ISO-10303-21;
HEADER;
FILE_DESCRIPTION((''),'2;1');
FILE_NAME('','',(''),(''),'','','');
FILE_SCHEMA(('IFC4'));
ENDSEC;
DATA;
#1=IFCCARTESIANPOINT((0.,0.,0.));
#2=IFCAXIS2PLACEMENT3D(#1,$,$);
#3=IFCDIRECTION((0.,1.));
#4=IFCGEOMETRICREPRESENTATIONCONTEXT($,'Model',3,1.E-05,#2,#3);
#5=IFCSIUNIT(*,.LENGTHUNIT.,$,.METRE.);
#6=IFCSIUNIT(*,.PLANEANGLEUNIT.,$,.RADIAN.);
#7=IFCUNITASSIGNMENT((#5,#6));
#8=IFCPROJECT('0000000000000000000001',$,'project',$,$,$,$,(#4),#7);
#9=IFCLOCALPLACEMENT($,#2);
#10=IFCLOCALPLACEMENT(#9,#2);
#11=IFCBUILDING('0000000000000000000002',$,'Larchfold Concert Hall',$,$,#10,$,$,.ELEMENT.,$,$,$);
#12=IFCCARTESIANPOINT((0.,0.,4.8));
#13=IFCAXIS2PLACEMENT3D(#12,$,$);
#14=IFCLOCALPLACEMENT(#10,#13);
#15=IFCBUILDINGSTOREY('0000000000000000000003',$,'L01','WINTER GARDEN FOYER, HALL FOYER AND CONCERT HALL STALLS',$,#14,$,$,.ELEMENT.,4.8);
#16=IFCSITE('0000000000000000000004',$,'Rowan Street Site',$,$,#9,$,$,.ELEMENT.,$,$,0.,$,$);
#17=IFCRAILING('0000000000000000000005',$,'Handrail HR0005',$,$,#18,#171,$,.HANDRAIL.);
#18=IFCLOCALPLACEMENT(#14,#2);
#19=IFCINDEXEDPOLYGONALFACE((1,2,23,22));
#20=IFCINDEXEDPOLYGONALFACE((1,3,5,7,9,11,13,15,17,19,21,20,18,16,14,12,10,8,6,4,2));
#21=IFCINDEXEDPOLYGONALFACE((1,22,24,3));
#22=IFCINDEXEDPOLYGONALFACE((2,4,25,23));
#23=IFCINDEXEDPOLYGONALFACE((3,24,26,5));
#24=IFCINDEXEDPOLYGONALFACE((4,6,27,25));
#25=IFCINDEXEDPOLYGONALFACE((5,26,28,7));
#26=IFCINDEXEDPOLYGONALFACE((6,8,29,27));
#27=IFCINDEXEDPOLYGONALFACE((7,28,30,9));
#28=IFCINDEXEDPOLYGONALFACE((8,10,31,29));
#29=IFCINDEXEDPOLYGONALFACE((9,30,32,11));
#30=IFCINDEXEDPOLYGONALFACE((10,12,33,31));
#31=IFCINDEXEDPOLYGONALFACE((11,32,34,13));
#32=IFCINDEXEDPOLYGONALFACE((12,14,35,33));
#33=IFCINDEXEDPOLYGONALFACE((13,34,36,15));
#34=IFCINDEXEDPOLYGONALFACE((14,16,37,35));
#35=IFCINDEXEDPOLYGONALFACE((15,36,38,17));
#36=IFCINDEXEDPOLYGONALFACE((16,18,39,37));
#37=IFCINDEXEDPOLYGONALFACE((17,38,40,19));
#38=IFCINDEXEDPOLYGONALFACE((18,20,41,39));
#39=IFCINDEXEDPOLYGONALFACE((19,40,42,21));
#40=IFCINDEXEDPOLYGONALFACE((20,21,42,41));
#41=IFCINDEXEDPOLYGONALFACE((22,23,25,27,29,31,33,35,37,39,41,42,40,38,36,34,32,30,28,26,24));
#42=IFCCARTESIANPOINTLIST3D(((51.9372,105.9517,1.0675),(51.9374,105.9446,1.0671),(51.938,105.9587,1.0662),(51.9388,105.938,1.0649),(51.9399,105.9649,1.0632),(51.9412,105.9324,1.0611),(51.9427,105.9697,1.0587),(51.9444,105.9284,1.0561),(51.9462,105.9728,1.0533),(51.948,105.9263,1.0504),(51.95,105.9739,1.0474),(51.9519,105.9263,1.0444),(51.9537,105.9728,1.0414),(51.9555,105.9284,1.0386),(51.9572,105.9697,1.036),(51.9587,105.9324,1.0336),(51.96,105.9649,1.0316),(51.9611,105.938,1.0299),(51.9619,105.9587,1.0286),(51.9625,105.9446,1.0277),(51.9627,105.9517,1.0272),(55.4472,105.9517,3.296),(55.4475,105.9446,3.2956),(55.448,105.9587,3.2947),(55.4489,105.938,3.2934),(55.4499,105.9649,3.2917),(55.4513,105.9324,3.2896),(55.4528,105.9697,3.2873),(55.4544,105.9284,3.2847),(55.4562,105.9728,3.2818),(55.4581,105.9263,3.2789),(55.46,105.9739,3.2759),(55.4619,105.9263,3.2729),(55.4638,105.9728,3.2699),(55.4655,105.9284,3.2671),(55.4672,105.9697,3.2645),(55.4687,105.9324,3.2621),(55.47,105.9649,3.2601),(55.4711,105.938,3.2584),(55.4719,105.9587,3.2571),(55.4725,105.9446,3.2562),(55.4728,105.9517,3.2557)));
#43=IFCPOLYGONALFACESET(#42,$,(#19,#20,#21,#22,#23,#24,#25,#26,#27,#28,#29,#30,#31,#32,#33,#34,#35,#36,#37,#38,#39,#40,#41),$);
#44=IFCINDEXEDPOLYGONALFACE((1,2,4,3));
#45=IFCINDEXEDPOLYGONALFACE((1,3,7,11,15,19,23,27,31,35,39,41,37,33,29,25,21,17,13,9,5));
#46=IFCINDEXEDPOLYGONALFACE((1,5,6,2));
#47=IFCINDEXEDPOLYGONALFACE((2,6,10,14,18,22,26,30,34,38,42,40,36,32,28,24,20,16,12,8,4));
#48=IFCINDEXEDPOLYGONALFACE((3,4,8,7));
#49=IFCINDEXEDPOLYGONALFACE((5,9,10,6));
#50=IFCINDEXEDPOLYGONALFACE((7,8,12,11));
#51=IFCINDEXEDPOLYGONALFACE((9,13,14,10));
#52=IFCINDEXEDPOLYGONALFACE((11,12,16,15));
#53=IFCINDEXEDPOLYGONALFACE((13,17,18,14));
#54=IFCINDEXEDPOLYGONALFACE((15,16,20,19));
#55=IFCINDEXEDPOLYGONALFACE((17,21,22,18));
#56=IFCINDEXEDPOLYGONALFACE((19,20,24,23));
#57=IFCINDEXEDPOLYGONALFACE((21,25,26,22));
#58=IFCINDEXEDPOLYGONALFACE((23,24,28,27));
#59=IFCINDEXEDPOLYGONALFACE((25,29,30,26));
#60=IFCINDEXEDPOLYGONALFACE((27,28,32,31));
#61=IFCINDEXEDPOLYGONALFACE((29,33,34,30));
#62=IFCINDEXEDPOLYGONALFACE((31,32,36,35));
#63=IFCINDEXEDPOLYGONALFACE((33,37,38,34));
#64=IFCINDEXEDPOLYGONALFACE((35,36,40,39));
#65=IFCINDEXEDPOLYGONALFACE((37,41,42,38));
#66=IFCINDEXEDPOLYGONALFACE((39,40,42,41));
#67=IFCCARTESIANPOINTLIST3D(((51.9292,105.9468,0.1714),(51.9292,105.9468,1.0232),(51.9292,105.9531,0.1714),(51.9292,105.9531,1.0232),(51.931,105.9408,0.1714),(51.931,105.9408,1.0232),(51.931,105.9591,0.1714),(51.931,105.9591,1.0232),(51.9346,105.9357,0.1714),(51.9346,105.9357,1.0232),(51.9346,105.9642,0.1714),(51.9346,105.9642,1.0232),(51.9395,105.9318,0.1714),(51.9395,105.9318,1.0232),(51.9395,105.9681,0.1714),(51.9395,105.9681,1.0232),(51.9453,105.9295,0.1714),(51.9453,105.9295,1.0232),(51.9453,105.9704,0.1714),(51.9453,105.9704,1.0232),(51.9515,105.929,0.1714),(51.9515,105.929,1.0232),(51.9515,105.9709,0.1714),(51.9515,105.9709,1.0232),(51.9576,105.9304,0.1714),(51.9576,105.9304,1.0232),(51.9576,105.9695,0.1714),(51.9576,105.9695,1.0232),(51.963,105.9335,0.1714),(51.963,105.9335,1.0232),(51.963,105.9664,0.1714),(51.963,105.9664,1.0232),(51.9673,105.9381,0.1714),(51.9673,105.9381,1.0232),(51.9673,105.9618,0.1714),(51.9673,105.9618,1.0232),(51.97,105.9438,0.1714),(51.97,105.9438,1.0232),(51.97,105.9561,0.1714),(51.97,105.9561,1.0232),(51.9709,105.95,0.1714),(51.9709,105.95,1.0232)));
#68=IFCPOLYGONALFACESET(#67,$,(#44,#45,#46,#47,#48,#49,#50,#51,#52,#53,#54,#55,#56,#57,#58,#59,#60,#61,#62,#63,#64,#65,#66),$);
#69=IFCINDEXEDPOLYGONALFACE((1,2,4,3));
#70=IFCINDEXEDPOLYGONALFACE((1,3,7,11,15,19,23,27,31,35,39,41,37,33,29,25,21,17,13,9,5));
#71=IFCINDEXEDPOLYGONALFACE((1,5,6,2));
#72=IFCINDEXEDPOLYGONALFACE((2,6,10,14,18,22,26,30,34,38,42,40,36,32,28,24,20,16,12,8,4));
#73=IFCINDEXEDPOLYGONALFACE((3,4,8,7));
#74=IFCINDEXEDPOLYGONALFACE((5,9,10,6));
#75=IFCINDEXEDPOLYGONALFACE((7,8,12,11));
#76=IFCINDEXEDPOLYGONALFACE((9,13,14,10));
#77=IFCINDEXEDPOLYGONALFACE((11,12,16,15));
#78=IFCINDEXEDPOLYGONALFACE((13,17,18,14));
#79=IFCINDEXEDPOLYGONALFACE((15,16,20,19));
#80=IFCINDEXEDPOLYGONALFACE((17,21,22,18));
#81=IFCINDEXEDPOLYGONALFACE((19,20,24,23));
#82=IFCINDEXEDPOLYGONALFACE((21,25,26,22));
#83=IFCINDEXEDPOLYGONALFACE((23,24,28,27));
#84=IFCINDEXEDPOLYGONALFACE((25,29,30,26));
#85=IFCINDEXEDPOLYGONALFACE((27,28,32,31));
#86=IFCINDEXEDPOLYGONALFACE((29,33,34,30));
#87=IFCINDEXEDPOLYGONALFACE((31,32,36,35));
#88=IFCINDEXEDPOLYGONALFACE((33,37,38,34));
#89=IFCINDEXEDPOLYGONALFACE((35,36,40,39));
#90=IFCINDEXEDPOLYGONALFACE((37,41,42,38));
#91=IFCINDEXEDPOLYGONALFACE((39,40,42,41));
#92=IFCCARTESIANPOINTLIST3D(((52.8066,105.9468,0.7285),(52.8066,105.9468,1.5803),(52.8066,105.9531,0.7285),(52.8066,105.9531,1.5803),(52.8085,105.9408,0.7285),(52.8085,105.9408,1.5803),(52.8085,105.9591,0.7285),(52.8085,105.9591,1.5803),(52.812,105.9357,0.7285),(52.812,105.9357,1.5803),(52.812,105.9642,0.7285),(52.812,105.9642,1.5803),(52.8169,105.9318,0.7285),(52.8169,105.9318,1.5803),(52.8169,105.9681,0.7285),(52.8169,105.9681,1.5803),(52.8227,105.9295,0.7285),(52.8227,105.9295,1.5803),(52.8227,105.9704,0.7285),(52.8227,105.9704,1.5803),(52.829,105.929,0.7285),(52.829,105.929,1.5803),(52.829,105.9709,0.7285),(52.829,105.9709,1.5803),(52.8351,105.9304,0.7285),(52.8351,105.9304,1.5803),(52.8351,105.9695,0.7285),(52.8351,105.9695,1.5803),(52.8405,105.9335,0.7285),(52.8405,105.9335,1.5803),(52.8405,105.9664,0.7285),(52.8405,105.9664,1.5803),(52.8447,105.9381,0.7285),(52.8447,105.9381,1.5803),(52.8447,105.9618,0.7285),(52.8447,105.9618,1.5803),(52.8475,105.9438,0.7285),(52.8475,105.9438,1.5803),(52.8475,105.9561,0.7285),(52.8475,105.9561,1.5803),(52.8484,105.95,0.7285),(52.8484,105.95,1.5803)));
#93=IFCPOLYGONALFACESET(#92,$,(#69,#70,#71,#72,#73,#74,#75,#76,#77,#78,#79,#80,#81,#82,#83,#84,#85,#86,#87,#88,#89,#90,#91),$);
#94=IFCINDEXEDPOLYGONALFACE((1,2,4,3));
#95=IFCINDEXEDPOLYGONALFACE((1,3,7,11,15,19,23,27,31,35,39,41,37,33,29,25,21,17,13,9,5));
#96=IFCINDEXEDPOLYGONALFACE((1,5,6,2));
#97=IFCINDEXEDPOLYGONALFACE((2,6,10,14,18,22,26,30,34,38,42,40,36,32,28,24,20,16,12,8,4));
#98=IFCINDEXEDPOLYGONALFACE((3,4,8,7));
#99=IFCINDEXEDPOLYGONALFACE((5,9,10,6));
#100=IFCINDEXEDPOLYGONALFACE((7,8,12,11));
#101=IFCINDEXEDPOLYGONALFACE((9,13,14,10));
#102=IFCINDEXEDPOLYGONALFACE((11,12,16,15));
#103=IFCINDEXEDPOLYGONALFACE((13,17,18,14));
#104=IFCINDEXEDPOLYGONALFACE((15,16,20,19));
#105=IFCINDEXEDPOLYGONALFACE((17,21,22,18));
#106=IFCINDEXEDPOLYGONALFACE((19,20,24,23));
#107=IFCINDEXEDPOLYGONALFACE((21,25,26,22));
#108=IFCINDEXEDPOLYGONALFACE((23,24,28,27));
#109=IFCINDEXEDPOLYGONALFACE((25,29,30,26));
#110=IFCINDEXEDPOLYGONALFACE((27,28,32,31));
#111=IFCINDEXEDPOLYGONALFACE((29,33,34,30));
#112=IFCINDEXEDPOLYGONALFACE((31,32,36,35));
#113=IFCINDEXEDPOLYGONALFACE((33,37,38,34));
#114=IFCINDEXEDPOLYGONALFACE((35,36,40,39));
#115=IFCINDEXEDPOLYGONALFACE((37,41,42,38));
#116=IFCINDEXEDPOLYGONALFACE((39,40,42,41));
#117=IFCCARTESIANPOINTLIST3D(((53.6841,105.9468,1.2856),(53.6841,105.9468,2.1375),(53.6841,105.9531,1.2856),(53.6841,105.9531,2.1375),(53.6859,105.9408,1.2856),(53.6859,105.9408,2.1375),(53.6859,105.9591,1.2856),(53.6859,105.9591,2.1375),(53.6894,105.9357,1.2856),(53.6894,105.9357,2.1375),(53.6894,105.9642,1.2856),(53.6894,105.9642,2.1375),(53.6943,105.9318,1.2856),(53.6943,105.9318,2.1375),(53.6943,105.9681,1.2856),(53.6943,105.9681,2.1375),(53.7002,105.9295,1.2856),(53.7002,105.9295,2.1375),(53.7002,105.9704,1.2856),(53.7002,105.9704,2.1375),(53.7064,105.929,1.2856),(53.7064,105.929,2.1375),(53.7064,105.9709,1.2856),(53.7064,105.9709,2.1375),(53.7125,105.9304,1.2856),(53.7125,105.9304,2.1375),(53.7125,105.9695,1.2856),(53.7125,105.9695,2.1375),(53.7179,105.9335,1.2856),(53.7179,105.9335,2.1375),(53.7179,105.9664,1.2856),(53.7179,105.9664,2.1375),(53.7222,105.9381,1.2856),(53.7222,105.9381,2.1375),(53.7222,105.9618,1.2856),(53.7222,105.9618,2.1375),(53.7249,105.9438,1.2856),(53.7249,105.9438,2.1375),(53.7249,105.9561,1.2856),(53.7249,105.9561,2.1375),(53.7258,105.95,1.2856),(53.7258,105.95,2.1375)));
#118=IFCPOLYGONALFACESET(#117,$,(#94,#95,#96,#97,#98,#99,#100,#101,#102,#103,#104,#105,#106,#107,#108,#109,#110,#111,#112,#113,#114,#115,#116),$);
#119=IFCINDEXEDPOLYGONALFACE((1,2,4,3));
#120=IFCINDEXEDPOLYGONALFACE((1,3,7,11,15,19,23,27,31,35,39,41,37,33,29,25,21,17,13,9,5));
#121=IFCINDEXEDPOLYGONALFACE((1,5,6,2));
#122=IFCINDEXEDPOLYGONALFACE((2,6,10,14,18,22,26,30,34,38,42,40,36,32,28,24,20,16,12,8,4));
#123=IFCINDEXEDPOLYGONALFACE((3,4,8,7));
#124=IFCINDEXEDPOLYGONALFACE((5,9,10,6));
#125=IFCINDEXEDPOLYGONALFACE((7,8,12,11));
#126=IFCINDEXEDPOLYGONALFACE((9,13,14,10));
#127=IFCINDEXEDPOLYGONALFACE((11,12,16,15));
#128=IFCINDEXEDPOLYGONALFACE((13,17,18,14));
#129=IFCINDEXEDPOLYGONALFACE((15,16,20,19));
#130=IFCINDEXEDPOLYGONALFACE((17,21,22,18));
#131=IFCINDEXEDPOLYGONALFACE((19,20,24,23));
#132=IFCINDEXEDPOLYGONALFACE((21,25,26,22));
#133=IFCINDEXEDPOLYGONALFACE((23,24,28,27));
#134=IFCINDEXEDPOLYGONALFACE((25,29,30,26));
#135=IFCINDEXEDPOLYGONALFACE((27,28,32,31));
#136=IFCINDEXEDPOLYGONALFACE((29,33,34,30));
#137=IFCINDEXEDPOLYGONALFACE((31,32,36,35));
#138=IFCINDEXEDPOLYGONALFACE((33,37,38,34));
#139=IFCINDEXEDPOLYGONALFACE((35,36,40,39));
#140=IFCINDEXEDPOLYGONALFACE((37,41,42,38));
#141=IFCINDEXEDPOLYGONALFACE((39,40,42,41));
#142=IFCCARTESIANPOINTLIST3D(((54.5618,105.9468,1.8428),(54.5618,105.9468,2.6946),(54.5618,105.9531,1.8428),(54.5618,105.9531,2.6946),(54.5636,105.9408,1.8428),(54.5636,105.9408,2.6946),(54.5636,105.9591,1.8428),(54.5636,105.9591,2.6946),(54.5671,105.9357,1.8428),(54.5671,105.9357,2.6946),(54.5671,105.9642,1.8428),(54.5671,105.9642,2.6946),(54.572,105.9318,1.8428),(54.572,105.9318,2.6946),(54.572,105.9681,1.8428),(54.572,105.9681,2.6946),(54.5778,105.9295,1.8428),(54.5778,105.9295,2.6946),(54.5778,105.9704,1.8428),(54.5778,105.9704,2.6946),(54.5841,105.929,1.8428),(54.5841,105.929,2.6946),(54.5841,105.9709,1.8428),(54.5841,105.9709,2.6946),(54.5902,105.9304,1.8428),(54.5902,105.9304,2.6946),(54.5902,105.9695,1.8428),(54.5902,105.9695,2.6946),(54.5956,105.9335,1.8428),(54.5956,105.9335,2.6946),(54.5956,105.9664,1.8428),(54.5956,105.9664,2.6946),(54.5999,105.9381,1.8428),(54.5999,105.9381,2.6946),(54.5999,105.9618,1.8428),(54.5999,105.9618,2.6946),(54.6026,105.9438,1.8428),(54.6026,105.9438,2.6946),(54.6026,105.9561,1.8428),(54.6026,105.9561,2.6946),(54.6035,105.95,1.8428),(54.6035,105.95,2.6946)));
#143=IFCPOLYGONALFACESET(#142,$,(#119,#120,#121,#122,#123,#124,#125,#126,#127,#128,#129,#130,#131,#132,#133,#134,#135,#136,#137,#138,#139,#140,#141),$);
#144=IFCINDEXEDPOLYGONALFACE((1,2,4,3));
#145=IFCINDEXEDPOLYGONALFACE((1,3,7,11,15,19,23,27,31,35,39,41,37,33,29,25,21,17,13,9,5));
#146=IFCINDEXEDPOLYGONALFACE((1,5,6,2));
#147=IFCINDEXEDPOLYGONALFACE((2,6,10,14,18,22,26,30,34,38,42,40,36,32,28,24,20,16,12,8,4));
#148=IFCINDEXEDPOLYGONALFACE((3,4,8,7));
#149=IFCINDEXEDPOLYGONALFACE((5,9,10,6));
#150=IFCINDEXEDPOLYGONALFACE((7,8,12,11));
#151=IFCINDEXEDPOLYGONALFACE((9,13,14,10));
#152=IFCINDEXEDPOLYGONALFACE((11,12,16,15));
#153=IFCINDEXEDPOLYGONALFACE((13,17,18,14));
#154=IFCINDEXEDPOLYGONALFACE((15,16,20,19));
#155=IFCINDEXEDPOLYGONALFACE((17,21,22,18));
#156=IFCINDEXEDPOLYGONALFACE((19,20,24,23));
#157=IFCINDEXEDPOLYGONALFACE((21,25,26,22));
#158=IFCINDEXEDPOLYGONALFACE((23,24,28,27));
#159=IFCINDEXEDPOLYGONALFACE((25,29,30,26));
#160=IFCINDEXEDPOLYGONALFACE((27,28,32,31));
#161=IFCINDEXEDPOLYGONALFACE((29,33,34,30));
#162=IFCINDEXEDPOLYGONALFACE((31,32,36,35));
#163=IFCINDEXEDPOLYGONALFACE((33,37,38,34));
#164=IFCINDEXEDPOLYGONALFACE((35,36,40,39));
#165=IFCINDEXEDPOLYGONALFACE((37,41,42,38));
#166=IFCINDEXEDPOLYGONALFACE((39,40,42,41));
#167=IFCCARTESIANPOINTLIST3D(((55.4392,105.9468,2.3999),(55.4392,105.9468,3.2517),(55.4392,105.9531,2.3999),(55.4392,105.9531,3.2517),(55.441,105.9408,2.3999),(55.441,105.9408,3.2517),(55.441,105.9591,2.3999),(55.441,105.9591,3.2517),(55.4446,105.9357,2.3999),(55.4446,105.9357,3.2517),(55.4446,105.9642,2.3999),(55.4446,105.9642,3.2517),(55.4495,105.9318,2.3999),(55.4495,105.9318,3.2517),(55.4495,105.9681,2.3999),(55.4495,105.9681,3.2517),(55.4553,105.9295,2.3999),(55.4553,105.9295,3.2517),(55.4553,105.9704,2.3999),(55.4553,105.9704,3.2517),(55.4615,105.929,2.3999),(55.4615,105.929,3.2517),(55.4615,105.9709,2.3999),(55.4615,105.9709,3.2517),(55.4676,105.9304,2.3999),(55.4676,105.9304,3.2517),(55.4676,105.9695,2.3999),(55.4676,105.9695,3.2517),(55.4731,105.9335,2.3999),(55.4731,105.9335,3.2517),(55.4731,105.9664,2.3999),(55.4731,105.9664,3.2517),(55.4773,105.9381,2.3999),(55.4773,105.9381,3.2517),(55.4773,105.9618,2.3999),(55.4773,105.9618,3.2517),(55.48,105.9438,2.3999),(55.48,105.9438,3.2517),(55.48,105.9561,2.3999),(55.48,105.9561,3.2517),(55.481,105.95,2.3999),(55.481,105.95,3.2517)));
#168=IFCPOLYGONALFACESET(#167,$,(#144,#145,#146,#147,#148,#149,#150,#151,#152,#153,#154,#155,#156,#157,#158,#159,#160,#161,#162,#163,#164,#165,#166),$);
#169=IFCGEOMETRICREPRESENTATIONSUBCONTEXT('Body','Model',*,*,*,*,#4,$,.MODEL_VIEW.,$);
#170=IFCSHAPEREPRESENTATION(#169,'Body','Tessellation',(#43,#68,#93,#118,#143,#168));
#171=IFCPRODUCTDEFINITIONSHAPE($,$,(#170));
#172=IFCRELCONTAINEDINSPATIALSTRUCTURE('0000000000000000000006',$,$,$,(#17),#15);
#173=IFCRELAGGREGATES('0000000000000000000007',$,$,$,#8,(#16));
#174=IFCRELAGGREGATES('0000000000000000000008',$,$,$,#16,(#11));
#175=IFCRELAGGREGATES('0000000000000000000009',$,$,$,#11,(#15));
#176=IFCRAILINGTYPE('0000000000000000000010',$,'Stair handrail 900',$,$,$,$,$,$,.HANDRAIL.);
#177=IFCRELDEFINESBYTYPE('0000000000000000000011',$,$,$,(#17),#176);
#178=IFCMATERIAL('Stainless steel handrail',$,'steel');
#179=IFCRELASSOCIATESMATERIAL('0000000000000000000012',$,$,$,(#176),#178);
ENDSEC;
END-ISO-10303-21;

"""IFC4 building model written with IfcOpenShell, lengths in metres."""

from ifc_helpers import new_model, si_unit, direction, frame, origin, origin_2d, place, context, subcontext, project, spatial, circle, extrude, material, type_object, element, save


model = new_model("IFC4")

# Units and contexts
model_context = context("Model", 3, precision=1e-05, world=origin(), true_north=direction((0.0, 1.0)))
body_context = subcontext(model_context, "Body", "Model", "MODEL_VIEW")
ifc_project = project(units=[si_unit("LENGTHUNIT", "METRE"), si_unit("PLANEANGLEUNIT", "RADIAN")], contexts=[model_context])

# Site, building, storey
site_placement = place(None, origin())
site = spatial("IfcSite", under=ifc_project, at=site_placement, Name="Rowan Street Site", CompositionType="ELEMENT", RefElevation=0.0)
building_placement = place(site_placement, origin())
building = spatial("IfcBuilding", under=site, at=building_placement, Name="Larchfold Concert Hall", CompositionType="ELEMENT")
storey_placement = place(building_placement, frame((0.0, 0.0, 4.8)))
storey = spatial("IfcBuildingStorey", under=building, at=storey_placement, Name="L01", Description="WINTER GARDEN FOYER, HALL FOYER AND CONCERT HALL STALLS", CompositionType="ELEMENT", Elevation=4.8)

# Railing
ifc_material_1 = material(Name="Stainless steel handrail", Category="steel")
railing_type_1 = type_object("IfcRailingType", Name="Stair handrail 900", PredefinedType="HANDRAIL", material=ifc_material_1)
railing_1_placement = place(storey_placement, frame((51.95, 105.95, 0.1714)))
element("IfcRailing", 1, at=railing_1_placement, inside=storey, type_object=railing_type_1, Name="Handrail HR0005", PredefinedType="HANDRAIL", context=body_context, shape_type="SweptSolid", body=[
    extrude(circle(Radius=0.0239, at=origin_2d()), frame((0.0, 0.0, 0.876), z_axis=(0.84422, 0.0, 0.535998), x_axis=(0.0, 1.0, 0.0)), (0.0, 0.0, 1.0), 4.1577),
    extrude(circle(Radius=0.021, at=origin_2d()), origin(), (0.0, 0.0, 1.0), 0.8518),
    extrude(circle(Radius=0.021, at=origin_2d()), frame((0.8774, 0.0, 0.5571)), (0.0, 0.0, 1.0), 0.8518),
    extrude(circle(Radius=0.021, at=origin_2d()), frame((1.7549, 0.0, 1.1143)), (0.0, 0.0, 1.0), 0.8518),
    extrude(circle(Radius=0.021, at=origin_2d()), frame((2.6326, 0.0, 1.6714)), (0.0, 0.0, 1.0), 0.8518),
    extrude(circle(Radius=0.021, at=origin_2d()), frame((3.51, 0.0, 2.2285)), (0.0, 0.0, 1.0), 0.8518),
])

save(model, "model.ifc")
